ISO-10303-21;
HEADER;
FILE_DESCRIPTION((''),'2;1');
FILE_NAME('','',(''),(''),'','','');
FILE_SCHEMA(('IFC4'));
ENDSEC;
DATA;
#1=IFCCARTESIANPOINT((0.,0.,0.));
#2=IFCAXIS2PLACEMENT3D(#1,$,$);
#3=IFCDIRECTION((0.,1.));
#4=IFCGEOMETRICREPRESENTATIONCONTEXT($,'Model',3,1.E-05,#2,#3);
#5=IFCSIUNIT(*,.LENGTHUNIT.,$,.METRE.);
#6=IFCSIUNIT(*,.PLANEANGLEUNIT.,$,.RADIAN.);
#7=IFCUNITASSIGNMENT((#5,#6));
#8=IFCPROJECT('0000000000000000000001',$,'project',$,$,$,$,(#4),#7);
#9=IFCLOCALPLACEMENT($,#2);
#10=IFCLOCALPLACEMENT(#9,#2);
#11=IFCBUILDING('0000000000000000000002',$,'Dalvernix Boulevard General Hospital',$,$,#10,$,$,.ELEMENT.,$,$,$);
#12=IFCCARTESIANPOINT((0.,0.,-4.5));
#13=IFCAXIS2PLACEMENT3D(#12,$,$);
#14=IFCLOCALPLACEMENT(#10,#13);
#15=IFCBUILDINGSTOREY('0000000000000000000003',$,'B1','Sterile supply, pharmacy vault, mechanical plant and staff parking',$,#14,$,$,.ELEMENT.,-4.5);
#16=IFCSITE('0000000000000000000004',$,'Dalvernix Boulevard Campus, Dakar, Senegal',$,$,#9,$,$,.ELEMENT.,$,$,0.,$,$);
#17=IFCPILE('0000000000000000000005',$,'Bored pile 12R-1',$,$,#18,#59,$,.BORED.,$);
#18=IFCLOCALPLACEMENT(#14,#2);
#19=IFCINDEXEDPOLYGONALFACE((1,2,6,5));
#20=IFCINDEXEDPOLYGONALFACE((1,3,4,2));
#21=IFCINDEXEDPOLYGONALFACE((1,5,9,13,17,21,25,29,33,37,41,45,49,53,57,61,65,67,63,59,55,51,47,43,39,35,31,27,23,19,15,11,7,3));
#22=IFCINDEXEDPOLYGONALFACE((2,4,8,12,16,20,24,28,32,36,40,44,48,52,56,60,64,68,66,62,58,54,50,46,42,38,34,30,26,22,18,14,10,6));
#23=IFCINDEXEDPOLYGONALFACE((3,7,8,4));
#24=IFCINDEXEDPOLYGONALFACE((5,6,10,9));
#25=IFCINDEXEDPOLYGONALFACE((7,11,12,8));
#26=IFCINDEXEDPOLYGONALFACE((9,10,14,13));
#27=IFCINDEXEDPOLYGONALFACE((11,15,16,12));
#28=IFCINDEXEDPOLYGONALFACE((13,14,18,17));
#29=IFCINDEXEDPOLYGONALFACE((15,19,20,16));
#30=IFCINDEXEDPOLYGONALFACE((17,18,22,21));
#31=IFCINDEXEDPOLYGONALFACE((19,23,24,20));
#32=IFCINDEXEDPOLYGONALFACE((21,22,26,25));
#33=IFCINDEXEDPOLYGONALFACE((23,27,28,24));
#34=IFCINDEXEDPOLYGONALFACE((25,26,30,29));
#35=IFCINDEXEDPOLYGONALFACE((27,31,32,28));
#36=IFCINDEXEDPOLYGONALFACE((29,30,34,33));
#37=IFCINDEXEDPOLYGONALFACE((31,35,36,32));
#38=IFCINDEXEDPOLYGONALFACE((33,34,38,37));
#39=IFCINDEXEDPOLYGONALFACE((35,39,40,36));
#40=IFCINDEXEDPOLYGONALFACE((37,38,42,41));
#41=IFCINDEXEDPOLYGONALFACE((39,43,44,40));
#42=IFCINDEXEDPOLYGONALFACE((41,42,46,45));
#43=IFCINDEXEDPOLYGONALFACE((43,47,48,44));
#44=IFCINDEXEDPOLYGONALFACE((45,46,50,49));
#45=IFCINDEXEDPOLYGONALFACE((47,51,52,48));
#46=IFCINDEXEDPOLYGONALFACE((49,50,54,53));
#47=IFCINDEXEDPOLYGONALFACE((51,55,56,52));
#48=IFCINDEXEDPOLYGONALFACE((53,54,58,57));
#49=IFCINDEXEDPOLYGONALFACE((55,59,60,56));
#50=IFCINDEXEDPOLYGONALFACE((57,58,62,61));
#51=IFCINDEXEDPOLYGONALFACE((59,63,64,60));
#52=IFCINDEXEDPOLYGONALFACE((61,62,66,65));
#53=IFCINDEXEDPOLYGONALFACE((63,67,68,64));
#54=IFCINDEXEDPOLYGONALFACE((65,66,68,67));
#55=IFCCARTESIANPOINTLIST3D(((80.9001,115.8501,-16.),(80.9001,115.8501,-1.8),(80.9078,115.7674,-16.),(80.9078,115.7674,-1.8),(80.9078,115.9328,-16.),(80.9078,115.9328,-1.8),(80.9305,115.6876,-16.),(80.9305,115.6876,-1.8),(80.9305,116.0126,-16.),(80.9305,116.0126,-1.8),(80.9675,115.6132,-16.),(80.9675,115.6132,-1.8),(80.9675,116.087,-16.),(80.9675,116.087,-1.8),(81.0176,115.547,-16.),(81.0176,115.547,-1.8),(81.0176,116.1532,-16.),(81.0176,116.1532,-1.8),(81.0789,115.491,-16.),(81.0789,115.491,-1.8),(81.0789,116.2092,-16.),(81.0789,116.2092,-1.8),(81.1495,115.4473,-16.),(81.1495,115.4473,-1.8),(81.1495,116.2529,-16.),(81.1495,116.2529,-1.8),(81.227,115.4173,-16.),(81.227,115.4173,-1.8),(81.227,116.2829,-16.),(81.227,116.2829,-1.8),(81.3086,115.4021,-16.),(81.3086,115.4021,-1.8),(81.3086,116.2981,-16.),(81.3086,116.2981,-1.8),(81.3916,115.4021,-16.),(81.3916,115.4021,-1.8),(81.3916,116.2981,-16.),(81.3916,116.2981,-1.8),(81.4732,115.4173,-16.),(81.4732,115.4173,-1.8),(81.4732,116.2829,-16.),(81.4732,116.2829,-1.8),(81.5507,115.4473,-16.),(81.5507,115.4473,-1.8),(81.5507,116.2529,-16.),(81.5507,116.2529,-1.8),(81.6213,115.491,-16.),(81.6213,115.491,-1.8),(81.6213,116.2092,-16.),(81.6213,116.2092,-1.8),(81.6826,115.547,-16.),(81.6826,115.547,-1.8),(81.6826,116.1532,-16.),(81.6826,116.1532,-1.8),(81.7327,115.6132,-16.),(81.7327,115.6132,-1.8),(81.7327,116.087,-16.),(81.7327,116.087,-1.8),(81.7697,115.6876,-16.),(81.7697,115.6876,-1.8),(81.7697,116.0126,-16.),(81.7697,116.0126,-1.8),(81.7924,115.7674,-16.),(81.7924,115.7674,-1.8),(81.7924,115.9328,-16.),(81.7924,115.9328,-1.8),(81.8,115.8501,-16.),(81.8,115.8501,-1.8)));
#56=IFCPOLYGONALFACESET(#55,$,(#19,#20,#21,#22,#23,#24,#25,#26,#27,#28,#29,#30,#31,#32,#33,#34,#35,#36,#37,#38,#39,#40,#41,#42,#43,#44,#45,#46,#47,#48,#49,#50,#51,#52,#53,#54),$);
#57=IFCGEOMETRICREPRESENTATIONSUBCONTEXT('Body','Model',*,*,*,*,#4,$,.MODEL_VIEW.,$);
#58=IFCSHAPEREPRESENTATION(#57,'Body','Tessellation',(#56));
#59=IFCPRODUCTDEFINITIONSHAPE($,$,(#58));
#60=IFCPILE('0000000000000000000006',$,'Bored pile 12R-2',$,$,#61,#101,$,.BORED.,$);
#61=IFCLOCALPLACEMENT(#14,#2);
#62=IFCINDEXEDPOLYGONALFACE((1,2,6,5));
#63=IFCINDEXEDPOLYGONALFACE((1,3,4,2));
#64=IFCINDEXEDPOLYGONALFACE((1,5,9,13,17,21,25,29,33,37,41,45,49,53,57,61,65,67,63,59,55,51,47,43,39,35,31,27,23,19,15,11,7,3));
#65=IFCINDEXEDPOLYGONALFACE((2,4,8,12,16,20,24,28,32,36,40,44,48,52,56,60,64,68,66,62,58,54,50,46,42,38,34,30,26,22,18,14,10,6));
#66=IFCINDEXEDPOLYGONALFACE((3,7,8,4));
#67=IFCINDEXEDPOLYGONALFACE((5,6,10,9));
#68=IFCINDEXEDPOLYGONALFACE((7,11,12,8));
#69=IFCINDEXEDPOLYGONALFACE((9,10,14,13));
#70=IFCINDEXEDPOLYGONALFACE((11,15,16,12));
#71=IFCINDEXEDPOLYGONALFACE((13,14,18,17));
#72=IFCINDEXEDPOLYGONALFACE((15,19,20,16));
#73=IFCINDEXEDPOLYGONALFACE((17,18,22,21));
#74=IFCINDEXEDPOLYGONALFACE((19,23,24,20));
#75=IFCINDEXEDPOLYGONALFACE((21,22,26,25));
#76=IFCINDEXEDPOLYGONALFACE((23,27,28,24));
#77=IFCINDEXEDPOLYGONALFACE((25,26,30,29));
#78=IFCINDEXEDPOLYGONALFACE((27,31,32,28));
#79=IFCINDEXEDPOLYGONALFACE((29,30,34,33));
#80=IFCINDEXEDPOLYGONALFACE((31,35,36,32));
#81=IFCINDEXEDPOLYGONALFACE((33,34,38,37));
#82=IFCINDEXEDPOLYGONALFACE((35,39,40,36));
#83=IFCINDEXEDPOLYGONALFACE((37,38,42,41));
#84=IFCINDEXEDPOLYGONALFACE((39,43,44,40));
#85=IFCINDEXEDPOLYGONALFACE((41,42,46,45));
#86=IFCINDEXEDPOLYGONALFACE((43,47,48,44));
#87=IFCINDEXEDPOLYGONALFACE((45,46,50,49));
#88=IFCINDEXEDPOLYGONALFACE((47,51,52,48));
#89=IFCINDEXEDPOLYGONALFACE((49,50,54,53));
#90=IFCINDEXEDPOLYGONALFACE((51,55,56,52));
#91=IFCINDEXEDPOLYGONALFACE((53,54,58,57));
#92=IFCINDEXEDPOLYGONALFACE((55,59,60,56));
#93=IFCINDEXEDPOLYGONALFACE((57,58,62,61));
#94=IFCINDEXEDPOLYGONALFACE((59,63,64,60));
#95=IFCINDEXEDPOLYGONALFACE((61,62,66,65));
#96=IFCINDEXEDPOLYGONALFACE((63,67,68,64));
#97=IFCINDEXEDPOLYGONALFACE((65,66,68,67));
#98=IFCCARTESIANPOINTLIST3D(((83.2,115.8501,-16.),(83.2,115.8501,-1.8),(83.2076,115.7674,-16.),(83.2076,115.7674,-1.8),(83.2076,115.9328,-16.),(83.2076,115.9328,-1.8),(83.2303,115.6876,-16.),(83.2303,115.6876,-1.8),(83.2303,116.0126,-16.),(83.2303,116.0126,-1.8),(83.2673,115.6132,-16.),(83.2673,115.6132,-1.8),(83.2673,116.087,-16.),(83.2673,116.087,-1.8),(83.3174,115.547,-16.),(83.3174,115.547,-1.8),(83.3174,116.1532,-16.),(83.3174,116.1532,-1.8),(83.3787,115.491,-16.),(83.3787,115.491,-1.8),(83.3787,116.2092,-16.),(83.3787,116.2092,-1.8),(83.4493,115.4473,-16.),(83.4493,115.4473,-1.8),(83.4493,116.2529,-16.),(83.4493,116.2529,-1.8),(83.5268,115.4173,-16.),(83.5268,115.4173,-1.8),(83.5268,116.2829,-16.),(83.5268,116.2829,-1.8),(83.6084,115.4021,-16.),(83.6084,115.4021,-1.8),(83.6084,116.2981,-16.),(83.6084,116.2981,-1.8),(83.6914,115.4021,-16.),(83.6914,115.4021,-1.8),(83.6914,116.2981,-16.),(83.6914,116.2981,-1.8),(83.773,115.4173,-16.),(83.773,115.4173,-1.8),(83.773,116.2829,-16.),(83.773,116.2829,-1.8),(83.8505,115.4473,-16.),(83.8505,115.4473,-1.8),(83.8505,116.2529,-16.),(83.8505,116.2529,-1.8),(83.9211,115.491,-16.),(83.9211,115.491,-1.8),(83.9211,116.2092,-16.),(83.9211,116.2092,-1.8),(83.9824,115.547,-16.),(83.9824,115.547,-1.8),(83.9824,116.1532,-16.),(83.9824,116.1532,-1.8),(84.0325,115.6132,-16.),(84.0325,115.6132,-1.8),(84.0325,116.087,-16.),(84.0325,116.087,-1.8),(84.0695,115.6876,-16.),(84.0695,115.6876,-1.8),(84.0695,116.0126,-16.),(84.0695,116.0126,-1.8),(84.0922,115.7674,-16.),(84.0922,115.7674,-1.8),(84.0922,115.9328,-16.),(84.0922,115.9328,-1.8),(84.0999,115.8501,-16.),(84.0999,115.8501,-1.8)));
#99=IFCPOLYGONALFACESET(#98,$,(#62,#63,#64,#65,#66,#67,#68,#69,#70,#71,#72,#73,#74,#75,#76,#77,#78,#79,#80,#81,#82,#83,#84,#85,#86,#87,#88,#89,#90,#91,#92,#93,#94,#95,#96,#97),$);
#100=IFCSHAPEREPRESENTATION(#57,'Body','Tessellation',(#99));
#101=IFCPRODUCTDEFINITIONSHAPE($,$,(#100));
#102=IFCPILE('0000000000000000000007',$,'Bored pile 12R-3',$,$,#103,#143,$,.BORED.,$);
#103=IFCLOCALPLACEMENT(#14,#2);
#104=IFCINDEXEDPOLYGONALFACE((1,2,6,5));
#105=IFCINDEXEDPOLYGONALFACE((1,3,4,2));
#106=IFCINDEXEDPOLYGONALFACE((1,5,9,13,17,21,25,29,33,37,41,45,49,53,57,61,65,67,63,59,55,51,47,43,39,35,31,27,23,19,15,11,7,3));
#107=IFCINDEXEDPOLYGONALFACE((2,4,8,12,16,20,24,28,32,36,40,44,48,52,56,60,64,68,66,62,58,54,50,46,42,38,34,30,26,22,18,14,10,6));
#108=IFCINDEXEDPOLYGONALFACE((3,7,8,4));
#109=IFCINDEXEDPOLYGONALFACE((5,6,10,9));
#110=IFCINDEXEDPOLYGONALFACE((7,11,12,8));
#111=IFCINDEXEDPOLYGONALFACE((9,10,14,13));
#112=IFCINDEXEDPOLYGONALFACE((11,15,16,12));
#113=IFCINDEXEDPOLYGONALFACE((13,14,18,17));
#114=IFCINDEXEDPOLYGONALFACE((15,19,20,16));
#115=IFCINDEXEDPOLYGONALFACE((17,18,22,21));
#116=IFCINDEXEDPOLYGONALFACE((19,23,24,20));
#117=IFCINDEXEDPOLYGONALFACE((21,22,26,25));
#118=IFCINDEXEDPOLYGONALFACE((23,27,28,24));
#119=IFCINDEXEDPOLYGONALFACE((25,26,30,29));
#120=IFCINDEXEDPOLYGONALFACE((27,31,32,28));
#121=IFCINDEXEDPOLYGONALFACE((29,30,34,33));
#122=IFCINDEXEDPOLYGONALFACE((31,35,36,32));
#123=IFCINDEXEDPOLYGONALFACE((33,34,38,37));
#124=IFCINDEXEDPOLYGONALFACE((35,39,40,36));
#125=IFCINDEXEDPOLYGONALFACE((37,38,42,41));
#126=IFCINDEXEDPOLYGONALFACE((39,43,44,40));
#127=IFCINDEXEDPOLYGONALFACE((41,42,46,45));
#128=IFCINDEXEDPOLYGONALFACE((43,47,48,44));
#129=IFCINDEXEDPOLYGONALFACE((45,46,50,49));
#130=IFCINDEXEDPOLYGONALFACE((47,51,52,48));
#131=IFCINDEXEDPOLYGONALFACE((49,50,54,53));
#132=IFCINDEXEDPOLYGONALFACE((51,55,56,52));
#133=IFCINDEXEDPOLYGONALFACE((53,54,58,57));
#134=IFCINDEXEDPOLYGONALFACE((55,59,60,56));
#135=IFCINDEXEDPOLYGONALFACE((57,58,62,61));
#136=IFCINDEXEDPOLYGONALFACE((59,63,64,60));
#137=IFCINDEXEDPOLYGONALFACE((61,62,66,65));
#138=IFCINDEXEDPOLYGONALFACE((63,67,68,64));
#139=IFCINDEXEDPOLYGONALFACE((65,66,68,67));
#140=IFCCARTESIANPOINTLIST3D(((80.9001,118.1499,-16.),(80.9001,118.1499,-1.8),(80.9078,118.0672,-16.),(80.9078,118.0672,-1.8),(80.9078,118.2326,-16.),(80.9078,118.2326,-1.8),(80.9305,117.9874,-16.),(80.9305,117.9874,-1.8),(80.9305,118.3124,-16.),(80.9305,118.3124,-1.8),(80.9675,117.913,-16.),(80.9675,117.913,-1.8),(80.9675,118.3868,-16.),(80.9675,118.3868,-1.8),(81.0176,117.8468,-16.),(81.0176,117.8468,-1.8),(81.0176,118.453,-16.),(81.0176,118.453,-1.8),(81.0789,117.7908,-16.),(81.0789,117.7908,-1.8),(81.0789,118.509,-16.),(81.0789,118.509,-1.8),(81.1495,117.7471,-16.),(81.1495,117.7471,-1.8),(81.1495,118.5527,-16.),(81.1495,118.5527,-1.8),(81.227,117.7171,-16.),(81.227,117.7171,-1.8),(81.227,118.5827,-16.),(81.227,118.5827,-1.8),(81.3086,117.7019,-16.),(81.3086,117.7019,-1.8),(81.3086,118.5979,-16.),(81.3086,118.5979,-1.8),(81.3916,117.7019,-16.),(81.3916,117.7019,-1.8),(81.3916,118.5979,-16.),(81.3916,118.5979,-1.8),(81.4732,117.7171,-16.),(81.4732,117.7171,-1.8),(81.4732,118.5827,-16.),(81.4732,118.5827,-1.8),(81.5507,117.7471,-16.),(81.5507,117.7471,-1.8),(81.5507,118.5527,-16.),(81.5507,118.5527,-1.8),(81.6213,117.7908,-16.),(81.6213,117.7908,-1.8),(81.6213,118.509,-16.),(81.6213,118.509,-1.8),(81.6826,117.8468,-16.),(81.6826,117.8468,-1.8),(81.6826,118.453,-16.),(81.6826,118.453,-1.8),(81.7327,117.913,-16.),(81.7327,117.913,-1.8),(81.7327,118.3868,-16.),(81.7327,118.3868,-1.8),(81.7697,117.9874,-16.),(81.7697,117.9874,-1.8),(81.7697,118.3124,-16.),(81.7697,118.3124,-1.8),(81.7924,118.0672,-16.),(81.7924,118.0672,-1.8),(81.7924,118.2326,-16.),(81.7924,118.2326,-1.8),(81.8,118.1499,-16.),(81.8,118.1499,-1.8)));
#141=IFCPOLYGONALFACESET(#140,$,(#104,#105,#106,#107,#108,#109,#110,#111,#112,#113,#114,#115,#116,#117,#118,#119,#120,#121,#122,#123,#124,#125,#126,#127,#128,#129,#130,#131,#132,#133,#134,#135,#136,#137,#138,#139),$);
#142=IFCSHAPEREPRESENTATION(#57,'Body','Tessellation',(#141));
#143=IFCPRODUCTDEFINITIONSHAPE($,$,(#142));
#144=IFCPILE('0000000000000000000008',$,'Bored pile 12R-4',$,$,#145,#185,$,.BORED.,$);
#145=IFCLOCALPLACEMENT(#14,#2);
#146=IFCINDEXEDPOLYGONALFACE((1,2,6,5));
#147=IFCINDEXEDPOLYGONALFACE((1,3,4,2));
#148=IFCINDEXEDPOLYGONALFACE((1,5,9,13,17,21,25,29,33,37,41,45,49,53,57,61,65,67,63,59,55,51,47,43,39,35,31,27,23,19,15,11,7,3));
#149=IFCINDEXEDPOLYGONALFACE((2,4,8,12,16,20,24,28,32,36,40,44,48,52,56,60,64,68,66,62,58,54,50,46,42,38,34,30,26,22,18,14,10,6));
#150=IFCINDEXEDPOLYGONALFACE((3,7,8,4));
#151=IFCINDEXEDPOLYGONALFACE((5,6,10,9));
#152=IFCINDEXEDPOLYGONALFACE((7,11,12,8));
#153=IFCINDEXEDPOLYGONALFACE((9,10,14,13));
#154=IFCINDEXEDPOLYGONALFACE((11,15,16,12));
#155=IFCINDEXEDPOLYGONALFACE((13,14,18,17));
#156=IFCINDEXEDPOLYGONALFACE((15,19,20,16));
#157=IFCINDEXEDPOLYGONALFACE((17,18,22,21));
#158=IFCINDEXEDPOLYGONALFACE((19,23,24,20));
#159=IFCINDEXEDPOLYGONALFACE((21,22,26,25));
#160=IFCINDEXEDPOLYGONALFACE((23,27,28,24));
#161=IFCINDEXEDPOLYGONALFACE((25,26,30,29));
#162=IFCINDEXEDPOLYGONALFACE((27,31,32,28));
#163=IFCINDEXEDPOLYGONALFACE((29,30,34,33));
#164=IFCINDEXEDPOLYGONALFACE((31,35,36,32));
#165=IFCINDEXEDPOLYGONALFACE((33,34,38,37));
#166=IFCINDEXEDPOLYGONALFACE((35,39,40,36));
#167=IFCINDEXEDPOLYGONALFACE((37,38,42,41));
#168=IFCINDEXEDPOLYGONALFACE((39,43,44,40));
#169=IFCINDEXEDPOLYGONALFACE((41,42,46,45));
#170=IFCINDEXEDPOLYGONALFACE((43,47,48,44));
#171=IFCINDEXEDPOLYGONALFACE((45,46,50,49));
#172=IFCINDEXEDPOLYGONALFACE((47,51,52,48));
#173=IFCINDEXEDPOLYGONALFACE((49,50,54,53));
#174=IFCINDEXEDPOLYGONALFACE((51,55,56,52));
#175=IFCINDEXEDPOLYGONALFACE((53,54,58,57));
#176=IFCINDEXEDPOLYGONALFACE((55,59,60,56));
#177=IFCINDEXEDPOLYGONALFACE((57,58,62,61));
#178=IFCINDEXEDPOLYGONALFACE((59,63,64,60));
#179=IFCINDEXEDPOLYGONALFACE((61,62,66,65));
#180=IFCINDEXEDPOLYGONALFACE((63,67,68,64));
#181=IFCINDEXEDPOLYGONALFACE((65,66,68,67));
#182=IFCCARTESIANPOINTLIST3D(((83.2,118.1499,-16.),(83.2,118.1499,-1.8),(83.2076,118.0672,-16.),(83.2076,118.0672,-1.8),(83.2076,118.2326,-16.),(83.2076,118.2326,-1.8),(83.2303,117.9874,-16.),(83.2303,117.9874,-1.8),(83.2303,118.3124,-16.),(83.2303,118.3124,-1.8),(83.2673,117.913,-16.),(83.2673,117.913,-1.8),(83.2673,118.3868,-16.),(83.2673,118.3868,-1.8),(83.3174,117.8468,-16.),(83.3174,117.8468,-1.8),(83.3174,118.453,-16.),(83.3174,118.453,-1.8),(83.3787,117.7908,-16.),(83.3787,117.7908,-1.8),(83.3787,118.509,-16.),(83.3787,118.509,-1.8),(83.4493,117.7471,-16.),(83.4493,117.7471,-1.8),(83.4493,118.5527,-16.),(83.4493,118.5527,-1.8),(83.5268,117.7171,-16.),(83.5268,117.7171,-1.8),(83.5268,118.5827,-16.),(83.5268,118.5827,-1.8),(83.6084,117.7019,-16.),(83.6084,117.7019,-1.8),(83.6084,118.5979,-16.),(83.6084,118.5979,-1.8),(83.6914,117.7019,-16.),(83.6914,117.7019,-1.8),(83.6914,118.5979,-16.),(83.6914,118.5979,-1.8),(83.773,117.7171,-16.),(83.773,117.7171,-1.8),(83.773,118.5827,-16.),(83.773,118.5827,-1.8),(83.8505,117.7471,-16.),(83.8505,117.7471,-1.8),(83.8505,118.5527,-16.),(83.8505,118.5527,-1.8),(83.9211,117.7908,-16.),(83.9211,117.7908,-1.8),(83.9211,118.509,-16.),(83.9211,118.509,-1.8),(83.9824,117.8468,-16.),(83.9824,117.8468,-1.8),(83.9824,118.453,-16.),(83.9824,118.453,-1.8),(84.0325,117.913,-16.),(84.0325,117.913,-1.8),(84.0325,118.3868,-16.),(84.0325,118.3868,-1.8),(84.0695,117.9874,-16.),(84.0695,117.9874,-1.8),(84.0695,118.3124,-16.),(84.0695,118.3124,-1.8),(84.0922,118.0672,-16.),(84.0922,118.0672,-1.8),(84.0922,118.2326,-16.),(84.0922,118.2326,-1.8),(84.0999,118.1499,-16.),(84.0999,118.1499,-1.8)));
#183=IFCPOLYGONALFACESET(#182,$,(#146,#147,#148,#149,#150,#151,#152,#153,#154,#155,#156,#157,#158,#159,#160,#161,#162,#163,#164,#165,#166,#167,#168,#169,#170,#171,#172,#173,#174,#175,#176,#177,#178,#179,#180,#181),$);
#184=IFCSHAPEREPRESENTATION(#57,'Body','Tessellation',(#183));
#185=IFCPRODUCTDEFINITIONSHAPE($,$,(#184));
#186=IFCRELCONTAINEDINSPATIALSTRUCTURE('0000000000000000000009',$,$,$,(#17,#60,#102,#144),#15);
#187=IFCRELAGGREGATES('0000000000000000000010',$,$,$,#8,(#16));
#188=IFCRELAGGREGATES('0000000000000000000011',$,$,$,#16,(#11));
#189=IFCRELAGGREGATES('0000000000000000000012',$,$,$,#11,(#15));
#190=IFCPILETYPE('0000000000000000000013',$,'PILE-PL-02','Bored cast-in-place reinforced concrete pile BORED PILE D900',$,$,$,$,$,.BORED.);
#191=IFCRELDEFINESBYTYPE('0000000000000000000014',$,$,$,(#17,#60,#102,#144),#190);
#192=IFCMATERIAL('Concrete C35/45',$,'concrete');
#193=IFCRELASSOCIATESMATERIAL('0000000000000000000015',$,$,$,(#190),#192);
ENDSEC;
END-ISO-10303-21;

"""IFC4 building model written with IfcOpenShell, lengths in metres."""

from ifc_helpers import new_model, si_unit, direction, frame, origin, origin_2d, place, context, subcontext, project, spatial, circle, extrude, material, material_profile, profile_set, type_object, element, save


model = new_model("IFC4")

# Units and contexts
model_context = context("Model", 3, precision=1e-05, world=origin(), true_north=direction((0.0, 1.0)))
body_context = subcontext(model_context, "Body", "Model", "MODEL_VIEW")
ifc_project = project(units=[si_unit("LENGTHUNIT", "METRE"), si_unit("PLANEANGLEUNIT", "RADIAN")], contexts=[model_context])

# Site, building, storey
site_placement = place(None, origin())
site = spatial("IfcSite", under=ifc_project, at=site_placement, Name="Dalvernix Boulevard Campus, Dakar, Senegal", CompositionType="ELEMENT", RefElevation=0.0)
building_placement = place(site_placement, origin())
building = spatial("IfcBuilding", under=site, at=building_placement, Name="Dalvernix Boulevard General Hospital", CompositionType="ELEMENT")
storey_placement = place(building_placement, frame((0.0, 0.0, -4.5)))
storey = spatial("IfcBuildingStorey", under=building, at=storey_placement, Name="B1", Description="Sterile supply, pharmacy vault, mechanical plant and staff parking", CompositionType="ELEMENT", Elevation=-4.5)

# Shared definitions
ifc_material_1 = material(Name="Concrete C35/45", Category="concrete")

# Piles
ifc_material_profile_1 = material_profile(ifc_material_1, circle(Radius=0.45, at=origin_2d()), Name="BORED PILE D900")
ifc_profile_set_1 = profile_set([ifc_material_profile_1], Name="Concrete C35/45")
pile_type_1 = type_object("IfcPileType", Name="PILE-PL-02", Description="Bored cast-in-place reinforced concrete pile BORED PILE D900", PredefinedType="BORED", material=ifc_profile_set_1)
for number, where, z_axis, x_axis, name in (
    (1, (81.3501, 115.8501, -1.8), (0.0, 0.0, -1.0), (1.0, 0.0, 0.0), "Bored pile 12R-1"),
    (2, (83.6499, 115.8501, -1.8), (0.0, 0.0, -1.0), (1.0, 0.0, 0.0), "Bored pile 12R-2"),
    (3, (81.3501, 118.1499, -1.8), (0.0, 0.0, -1.0), (1.0, 0.0, 0.0), "Bored pile 12R-3"),
    (4, (83.6499, 118.1499, -1.8), (0.0, 0.0, -1.0), (1.0, 0.0, 0.0), "Bored pile 12R-4"),
):
    element("IfcPile", number, at=place(storey_placement, frame(where, z_axis=z_axis, x_axis=x_axis)), inside=storey, type_object=pile_type_1, Name=name, PredefinedType="BORED", context=body_context, shape_type="SweptSolid", body=[
        extrude(circle(Radius=0.45, at=origin_2d()), origin(), (0.0, 0.0, 1.0), 14.2),
    ])

save(model, "model.ifc")
